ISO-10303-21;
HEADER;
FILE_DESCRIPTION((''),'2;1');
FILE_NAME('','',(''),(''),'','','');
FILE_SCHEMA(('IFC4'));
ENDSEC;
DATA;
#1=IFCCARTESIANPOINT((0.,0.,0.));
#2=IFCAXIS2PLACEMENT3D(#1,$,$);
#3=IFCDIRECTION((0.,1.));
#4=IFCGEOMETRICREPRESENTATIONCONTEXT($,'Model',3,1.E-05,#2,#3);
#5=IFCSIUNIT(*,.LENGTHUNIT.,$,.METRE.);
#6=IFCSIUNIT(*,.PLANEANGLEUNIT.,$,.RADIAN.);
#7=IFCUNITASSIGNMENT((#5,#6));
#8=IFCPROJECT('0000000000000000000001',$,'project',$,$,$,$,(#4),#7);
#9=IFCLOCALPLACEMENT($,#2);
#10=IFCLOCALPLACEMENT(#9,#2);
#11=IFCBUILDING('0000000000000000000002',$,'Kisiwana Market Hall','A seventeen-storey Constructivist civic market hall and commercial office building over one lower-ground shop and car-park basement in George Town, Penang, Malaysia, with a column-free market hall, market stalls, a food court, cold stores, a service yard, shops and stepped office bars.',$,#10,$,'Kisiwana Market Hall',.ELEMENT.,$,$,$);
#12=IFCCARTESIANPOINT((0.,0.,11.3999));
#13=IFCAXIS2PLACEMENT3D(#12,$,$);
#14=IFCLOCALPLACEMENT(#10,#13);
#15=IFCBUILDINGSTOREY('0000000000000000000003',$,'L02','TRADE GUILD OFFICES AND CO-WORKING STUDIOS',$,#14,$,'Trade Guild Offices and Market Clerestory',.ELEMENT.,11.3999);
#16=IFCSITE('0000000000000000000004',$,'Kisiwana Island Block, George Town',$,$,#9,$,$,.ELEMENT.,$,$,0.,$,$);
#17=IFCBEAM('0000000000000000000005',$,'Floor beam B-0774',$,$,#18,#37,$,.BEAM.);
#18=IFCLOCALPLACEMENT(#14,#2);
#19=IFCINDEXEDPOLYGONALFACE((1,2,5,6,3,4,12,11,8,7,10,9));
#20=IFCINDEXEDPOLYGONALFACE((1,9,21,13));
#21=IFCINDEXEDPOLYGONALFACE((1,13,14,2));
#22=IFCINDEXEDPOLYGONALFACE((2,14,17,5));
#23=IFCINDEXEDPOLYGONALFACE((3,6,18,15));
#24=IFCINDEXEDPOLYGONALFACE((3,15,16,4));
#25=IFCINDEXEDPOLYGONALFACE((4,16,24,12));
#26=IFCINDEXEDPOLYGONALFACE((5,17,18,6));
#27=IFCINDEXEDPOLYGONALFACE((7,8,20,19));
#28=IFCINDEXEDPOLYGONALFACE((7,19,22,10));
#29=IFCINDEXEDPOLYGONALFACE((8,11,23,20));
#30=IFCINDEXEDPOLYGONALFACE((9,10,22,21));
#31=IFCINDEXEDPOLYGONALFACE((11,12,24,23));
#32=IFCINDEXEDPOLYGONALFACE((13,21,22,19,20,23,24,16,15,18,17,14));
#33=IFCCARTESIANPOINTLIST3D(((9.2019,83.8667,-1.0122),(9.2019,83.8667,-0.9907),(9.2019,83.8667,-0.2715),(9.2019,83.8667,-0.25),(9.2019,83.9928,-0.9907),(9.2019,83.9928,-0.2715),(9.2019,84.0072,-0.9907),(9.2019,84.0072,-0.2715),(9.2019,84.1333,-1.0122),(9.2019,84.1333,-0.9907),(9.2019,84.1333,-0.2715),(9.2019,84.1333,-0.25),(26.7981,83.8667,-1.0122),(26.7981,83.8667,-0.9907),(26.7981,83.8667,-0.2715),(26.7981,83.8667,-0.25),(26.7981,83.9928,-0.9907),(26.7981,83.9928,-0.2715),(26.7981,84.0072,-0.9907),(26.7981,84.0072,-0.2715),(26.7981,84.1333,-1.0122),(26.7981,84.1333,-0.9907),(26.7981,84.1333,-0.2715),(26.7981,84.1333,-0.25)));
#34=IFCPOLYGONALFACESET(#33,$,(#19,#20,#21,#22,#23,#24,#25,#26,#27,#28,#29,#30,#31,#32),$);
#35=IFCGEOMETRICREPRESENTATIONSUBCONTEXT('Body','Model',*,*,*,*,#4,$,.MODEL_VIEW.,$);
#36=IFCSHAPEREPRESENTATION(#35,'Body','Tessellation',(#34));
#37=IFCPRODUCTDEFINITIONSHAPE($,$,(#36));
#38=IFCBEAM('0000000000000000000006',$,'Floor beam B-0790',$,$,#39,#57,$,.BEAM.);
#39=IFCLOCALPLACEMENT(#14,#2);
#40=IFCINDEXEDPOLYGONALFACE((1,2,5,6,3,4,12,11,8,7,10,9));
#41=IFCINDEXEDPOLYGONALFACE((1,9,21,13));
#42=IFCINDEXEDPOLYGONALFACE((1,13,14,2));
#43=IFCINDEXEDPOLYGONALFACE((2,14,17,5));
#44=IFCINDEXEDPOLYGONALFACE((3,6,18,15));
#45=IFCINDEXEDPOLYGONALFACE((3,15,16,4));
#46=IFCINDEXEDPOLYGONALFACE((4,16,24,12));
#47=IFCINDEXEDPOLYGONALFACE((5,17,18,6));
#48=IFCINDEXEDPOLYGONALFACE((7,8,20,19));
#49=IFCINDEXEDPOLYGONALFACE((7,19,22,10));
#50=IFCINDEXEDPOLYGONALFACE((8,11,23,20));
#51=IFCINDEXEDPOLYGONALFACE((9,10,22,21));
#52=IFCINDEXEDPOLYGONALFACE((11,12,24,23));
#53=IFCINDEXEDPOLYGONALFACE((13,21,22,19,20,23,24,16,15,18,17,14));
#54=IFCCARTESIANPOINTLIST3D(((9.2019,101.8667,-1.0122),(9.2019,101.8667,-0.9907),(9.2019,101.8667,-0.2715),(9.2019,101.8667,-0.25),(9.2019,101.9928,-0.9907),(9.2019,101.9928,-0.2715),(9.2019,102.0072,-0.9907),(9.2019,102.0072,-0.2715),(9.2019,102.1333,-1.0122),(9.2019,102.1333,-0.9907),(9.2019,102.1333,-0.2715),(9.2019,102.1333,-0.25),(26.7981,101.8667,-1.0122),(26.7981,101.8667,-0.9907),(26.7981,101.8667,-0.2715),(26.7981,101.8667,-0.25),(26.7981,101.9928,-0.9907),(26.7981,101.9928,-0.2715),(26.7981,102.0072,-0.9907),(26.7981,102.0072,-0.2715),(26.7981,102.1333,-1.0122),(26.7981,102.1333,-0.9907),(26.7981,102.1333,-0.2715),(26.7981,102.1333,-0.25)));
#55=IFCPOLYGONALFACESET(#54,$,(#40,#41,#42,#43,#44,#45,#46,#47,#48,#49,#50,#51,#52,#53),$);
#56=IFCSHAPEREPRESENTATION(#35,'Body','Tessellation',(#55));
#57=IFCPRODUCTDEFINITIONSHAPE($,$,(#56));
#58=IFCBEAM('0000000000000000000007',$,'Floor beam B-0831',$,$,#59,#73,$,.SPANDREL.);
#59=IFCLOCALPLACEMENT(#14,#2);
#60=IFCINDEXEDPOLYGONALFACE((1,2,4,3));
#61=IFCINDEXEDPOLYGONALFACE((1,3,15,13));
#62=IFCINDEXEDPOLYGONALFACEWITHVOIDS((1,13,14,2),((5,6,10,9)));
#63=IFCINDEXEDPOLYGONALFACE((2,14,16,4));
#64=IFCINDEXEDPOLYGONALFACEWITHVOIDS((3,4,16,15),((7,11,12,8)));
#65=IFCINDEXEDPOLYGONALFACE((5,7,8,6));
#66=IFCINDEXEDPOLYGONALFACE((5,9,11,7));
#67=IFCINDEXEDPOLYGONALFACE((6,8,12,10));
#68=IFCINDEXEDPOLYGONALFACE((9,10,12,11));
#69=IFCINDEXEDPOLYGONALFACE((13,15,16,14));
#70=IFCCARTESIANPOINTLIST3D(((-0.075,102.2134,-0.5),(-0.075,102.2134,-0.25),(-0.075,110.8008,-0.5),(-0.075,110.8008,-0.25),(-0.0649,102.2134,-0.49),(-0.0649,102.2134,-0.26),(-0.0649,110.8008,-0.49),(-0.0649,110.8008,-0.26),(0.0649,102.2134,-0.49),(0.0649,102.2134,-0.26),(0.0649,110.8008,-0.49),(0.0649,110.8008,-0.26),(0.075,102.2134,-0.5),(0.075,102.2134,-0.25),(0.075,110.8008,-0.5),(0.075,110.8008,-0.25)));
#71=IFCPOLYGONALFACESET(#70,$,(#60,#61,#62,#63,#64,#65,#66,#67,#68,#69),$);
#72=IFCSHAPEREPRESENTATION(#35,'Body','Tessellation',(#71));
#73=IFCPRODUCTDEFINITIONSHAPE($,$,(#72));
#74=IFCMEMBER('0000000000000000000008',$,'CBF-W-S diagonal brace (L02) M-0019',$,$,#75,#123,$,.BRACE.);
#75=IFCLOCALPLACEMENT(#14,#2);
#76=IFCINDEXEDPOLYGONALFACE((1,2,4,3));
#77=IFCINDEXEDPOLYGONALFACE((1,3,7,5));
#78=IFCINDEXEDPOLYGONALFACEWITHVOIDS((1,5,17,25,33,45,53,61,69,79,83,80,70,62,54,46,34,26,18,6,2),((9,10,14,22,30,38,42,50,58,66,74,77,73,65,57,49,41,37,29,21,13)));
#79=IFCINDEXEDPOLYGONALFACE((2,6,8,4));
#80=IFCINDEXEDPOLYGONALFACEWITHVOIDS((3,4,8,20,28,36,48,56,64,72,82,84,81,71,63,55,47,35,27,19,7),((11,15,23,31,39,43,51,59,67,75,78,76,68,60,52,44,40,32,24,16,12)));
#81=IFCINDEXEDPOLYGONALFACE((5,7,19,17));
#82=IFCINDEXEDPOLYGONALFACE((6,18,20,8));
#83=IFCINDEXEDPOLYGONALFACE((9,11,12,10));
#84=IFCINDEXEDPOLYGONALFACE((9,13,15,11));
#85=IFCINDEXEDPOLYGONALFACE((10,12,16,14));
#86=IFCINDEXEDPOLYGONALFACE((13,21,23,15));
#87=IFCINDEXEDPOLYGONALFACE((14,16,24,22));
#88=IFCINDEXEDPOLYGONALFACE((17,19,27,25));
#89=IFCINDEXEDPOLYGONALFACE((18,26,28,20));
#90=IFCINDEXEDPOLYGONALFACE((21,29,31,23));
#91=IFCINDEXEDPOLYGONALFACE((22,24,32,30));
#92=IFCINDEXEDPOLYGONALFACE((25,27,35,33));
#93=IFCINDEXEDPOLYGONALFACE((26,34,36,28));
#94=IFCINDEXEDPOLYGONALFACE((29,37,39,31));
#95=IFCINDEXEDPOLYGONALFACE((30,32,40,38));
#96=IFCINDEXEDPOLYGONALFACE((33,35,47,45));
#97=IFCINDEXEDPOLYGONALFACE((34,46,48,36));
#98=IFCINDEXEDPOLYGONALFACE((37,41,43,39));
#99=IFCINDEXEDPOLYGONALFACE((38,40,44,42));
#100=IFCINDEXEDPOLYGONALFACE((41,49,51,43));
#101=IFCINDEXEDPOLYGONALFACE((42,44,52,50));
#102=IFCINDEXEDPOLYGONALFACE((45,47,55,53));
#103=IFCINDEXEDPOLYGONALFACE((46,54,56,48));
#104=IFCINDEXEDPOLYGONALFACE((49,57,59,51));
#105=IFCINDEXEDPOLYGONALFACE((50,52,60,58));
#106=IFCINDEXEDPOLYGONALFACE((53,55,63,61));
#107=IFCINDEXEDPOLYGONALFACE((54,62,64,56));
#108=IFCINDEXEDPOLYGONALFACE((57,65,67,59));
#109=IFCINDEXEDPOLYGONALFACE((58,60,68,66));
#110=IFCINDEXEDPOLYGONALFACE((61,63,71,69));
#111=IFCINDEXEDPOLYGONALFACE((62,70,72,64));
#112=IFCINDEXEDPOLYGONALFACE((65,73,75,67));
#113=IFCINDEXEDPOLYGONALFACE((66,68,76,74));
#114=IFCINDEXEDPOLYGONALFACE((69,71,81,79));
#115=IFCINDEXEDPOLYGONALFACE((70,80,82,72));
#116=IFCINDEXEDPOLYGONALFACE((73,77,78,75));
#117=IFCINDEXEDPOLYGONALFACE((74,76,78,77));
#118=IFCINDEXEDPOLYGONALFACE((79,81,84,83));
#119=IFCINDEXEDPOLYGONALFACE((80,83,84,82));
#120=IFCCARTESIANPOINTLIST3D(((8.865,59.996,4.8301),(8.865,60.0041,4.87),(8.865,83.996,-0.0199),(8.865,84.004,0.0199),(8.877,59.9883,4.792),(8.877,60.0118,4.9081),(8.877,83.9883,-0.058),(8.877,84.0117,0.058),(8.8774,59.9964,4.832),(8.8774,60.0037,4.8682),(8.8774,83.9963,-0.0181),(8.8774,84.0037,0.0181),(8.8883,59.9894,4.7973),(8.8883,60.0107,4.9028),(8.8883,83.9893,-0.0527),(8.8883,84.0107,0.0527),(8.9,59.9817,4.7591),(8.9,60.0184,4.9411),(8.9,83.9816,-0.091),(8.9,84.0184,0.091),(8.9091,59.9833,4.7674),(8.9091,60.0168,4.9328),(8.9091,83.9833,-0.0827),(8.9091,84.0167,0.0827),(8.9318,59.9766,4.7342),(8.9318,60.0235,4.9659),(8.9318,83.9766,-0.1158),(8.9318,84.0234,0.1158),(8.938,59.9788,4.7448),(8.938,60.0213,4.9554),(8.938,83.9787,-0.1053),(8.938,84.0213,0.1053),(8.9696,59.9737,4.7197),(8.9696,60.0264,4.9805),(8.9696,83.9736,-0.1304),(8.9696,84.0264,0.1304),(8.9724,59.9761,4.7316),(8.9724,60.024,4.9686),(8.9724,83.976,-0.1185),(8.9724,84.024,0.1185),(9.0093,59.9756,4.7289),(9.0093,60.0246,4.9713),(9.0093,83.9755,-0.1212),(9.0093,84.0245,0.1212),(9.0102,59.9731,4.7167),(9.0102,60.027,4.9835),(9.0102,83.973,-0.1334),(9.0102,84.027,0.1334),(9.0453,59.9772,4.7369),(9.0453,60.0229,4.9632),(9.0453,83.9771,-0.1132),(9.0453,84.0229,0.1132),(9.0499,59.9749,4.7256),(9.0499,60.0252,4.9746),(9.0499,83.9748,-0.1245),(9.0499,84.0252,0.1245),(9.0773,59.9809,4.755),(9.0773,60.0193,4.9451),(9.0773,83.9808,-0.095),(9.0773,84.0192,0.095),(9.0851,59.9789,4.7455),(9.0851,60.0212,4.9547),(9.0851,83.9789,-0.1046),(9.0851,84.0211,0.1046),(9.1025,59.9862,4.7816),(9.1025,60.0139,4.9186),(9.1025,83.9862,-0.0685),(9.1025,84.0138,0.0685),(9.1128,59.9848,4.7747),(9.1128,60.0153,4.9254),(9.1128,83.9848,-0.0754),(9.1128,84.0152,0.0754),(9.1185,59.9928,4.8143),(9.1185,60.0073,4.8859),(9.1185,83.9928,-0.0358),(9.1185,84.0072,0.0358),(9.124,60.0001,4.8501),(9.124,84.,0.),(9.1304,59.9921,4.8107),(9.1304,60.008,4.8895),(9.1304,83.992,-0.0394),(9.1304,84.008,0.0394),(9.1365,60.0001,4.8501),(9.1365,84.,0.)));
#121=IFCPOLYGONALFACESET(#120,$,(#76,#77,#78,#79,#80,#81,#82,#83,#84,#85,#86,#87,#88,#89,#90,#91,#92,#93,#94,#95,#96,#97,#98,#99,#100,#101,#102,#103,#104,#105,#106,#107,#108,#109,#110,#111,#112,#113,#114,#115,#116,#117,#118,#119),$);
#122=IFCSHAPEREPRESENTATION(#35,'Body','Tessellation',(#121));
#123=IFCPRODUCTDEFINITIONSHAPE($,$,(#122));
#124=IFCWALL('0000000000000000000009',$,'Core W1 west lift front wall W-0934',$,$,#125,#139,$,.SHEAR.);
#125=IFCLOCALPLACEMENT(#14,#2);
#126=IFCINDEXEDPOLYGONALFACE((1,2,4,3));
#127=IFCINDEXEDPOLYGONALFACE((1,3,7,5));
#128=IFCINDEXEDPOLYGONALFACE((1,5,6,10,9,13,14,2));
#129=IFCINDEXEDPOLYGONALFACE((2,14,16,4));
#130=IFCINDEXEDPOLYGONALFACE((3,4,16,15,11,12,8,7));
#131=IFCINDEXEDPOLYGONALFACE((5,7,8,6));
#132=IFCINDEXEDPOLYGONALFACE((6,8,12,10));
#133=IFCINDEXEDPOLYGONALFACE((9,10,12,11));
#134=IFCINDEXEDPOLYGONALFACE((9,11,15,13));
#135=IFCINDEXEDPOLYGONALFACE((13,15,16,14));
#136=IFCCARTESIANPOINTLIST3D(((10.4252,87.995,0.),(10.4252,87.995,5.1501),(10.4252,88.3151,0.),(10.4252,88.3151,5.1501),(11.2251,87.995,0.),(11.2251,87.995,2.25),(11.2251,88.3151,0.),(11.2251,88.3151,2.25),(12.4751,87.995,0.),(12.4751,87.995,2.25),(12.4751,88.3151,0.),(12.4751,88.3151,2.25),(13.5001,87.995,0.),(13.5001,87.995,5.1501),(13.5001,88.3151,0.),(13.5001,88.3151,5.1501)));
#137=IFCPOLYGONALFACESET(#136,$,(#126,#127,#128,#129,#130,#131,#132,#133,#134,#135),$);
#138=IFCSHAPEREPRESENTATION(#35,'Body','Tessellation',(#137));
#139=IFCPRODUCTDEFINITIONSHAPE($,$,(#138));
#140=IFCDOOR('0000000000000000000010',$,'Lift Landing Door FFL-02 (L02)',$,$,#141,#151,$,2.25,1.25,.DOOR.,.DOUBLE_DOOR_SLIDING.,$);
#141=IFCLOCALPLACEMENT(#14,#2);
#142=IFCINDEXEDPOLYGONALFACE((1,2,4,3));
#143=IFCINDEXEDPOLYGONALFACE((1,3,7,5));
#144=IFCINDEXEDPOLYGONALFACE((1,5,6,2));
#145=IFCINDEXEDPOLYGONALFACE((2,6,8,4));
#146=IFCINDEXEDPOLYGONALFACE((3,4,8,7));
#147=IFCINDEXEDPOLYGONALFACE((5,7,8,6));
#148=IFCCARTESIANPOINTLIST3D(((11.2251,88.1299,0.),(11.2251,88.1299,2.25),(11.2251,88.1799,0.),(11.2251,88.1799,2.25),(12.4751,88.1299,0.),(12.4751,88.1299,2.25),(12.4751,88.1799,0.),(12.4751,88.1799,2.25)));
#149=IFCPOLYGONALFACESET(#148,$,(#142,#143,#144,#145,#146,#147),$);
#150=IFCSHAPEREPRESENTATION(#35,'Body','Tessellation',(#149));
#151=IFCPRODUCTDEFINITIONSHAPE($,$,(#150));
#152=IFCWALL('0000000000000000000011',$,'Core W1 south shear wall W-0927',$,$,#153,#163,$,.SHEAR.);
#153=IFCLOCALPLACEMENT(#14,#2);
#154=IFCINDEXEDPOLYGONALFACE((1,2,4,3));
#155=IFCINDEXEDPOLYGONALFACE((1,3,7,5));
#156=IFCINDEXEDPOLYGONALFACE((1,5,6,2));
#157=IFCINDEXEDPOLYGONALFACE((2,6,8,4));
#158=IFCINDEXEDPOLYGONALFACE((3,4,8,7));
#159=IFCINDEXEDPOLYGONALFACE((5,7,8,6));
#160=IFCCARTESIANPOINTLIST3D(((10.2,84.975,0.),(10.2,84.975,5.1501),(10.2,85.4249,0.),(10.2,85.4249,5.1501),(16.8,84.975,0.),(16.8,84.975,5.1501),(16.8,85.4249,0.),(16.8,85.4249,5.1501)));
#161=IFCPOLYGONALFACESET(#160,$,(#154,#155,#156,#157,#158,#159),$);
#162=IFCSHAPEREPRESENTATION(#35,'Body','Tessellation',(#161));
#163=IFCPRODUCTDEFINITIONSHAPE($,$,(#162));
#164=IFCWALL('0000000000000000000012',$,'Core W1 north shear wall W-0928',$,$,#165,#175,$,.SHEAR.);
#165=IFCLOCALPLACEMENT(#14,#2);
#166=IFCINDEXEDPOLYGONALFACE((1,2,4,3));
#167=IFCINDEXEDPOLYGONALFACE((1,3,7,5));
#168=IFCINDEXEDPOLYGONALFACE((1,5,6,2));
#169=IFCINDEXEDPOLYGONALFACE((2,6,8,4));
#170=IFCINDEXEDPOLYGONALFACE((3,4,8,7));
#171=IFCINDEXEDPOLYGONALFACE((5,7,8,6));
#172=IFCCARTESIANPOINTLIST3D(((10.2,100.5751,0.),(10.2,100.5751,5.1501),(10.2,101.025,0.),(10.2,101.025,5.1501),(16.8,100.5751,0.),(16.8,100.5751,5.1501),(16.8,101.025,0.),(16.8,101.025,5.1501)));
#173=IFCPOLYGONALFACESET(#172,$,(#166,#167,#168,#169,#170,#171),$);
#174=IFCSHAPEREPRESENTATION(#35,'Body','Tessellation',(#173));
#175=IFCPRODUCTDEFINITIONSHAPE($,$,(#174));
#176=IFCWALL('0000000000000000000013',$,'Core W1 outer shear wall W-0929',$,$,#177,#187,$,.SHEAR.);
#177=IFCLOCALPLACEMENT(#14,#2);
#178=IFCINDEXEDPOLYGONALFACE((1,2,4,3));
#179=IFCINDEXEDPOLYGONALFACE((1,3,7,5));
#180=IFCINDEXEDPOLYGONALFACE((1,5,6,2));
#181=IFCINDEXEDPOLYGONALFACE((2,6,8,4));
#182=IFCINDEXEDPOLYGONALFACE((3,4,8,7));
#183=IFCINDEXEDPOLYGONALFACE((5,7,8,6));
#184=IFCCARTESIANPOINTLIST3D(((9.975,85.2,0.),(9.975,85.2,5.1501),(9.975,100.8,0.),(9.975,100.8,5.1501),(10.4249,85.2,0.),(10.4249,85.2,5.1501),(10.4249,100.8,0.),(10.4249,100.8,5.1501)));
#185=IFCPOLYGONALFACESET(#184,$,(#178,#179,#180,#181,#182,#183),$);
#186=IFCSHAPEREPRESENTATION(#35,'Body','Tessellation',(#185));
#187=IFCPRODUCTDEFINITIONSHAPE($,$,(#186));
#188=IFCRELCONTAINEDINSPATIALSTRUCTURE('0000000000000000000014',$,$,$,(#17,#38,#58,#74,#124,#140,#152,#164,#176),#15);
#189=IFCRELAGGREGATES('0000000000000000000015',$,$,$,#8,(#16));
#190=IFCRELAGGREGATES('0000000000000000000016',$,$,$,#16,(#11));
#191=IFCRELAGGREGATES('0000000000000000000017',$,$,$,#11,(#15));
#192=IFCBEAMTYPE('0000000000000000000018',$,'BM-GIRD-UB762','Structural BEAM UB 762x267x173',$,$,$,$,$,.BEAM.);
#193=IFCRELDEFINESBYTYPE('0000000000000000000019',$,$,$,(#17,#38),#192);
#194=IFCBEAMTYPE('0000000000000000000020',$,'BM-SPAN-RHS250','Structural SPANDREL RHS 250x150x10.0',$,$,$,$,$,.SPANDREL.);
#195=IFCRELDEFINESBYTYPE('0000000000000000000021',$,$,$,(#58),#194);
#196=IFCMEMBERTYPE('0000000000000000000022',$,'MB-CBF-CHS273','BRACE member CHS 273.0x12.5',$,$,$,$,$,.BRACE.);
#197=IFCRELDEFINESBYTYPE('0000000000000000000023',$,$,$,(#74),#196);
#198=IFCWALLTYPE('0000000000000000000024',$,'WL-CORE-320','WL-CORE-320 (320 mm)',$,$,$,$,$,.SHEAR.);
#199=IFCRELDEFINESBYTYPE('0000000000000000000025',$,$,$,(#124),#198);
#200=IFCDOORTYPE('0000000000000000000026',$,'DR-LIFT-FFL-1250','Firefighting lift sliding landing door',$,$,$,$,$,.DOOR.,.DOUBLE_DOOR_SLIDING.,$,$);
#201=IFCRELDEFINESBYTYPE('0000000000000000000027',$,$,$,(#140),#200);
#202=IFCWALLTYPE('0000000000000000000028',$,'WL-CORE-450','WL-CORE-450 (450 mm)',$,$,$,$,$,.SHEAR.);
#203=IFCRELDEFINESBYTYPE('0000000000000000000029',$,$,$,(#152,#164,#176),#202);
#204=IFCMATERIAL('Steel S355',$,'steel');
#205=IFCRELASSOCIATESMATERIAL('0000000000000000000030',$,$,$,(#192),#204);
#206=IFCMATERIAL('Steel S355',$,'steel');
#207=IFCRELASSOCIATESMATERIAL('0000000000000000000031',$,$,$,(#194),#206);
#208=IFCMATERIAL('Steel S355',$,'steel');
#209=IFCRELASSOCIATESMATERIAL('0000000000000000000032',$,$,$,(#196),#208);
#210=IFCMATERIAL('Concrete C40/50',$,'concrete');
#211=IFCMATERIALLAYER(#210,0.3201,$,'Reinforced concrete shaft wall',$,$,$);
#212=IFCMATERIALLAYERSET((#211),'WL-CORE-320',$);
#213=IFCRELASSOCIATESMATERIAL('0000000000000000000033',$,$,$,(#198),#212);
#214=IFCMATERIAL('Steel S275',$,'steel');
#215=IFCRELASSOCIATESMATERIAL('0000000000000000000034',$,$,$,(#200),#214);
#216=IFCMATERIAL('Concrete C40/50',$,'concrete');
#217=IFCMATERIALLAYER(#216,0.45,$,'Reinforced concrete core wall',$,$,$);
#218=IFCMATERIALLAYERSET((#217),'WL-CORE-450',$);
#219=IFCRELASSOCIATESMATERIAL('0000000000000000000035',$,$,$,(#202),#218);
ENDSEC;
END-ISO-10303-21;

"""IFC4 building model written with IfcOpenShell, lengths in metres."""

from ifc_helpers import new_model, si_unit, direction, frame, frame_2d, origin, origin_2d, place, context, subcontext, project, spatial, rectangle, hollow_rectangle, hollow_circle, i_section, extrude, material, layer, layer_set, material_profile, profile_set, type_object, element, fill, save


model = new_model("IFC4")

# Units and contexts
model_context = context("Model", 3, precision=1e-05, world=origin(), true_north=direction((0.0, 1.0)))
body_context = subcontext(model_context, "Body", "Model", "MODEL_VIEW")
ifc_project = project(units=[si_unit("LENGTHUNIT", "METRE"), si_unit("PLANEANGLEUNIT", "RADIAN")], contexts=[model_context])

# Site, building, storey
site_placement = place(None, origin())
site = spatial("IfcSite", under=ifc_project, at=site_placement, Name="Kisiwana Island Block, George Town", CompositionType="ELEMENT", RefElevation=0.0)
building_placement = place(site_placement, origin())
building = spatial("IfcBuilding", under=site, at=building_placement, Name="Kisiwana Market Hall", Description="A seventeen-storey Constructivist civic market hall and commercial office building over one lower-ground shop and car-park basement in George Town, Penang, Malaysia, with a column-free market hall, market stalls, a food court, cold stores, a service yard, shops and stepped office bars.", LongName="Kisiwana Market Hall", CompositionType="ELEMENT")
storey_placement = place(building_placement, frame((0.0, 0.0, 11.3999)))
storey = spatial("IfcBuildingStorey", under=building, at=storey_placement, Name="L02", Description="TRADE GUILD OFFICES AND CO-WORKING STUDIOS", LongName="Trade Guild Offices and Market Clerestory", CompositionType="ELEMENT", Elevation=11.3999)

# Beams
ifc_material_1 = material(Name="Steel S355", Category="steel")
ifc_material_profile_1 = material_profile(ifc_material_1, i_section(OverallWidth=0.2666, OverallDepth=0.7622, WebThickness=0.0144, FlangeThickness=0.0215, at=origin_2d()), Name="UB 762x267x173")
ifc_profile_set_1 = profile_set([ifc_material_profile_1], Name="Steel S355")
beam_type_1 = type_object("IfcBeamType", Name="BM-GIRD-UB762", Description="Structural BEAM UB 762x267x173", PredefinedType="BEAM", material=ifc_profile_set_1)
for number, where, z_axis, x_axis, name in (
    (1, (9.2019, 84.0, -0.6311), (1.0, 0.0, 0.0), (0.0, 1.0, 0.0), "Floor beam B-0774"),
    (2, (9.2019, 102.0, -0.6311), (1.0, 0.0, 0.0), (0.0, 1.0, 0.0), "Floor beam B-0790"),
):
    element("IfcBeam", number, at=place(storey_placement, frame(where, z_axis=z_axis, x_axis=x_axis)), inside=storey, type_object=beam_type_1, Name=name, PredefinedType="BEAM", context=body_context, shape_type="SweptSolid", body=[
        extrude(i_section(OverallWidth=0.2666, OverallDepth=0.7622, WebThickness=0.0144, FlangeThickness=0.0215, at=origin_2d()), origin(), (0.0, 0.0, 1.0), 17.5962),
    ])
ifc_material_2 = material(Name="Steel S355", Category="steel")
ifc_material_profile_2 = material_profile(ifc_material_2, hollow_rectangle(XDim=0.1499, YDim=0.25, WallThickness=0.01, at=origin_2d()), Name="RHS 250x150x10.0")
ifc_profile_set_2 = profile_set([ifc_material_profile_2], Name="Steel S355")
beam_type_2 = type_object("IfcBeamType", Name="BM-SPAN-RHS250", Description="Structural SPANDREL RHS 250x150x10.0", PredefinedType="SPANDREL", material=ifc_profile_set_2)
beam_1_placement = place(storey_placement, frame((0.0, 102.2134, -0.375), z_axis=(0.0, 1.0, 0.0), x_axis=(-1.0, 0.0, 0.0)))
element("IfcBeam", 3, at=beam_1_placement, inside=storey, type_object=beam_type_2, Name="Floor beam B-0831", PredefinedType="SPANDREL", context=body_context, shape_type="SweptSolid", body=[
    extrude(hollow_rectangle(XDim=0.1499, YDim=0.25, WallThickness=0.01, at=origin_2d()), origin(), (0.0, 0.0, 1.0), 8.5874),
])

# Member
ifc_material_3 = material(Name="Steel S355", Category="steel")
ifc_material_profile_3 = material_profile(ifc_material_3, hollow_circle(Radius=0.1365, WallThickness=0.0125, at=origin_2d()), Name="CHS 273.0x12.5")
ifc_profile_set_3 = profile_set([ifc_material_profile_3], Name="Steel S355")
member_type = type_object("IfcMemberType", Name="MB-CBF-CHS273", Description="BRACE member CHS 273.0x12.5", PredefinedType="BRACE", material=ifc_profile_set_3)
member_placement = place(storey_placement, frame((9.0, 84.0, 0.0), z_axis=(0.0, -0.980185, 0.198083), x_axis=(1.0, 0.0, 0.0)))
element("IfcMember", 4, at=member_placement, inside=storey, type_object=member_type, Name="CBF-W-S diagonal brace (L02) M-0019", PredefinedType="BRACE", context=body_context, shape_type="SweptSolid", body=[
    extrude(hollow_circle(Radius=0.1365, WallThickness=0.0125, at=origin_2d()), origin(), (0.0, 0.0, 1.0), 24.4851),
])

# Wall, opening, door
ifc_material_4 = material(Name="Concrete C40/50", Category="concrete")
ifc_layer_1 = layer(ifc_material_4, 0.3201, Name="Reinforced concrete shaft wall")
ifc_layer_set_1 = layer_set([ifc_layer_1], Name="WL-CORE-320")
wall_type_1 = type_object("IfcWallType", Name="WL-CORE-320", Description="WL-CORE-320 (320 mm)", PredefinedType="SHEAR", material=ifc_layer_set_1)
wall_1_placement = place(storey_placement, frame((10.425, 88.155, 0.0), z_axis=(0.0, 0.0, 1.0), x_axis=(1.0, 0.0, 0.0)))
wall_1 = element("IfcWall", 5, at=wall_1_placement, inside=storey, type_object=wall_type_1, Name="Core W1 west lift front wall W-0934", PredefinedType="SHEAR", context=body_context, shape_type="SweptSolid", body=[
    extrude(rectangle(XDim=3.075, YDim=0.3201, at=frame_2d((1.5376, 0.0))), origin(), (0.0, 0.0, 1.0), 5.1501),
])
opening_1_placement = place(wall_1_placement, frame((0.8, 0.0, 0.0)))
opening_1 = element("IfcOpeningElement", 6, at=opening_1_placement, cuts=wall_1, PredefinedType="OPENING", context=body_context, shape_type="SweptSolid", body=[
    extrude(rectangle(XDim=1.25, YDim=2.25, at=frame_2d((0.625, 1.125))), frame((0.0, 0.1719, 0.0), z_axis=(0.0, -1.0, 0.0), x_axis=(1.0, 0.0, 0.0)), (0.0, 0.0, 1.0), 0.344),
])
ifc_material_5 = material(Name="Steel S275", Category="steel")
door_type = type_object("IfcDoorType", Name="DR-LIFT-FFL-1250", Description="Firefighting lift sliding landing door", OperationType="DOUBLE_DOOR_SLIDING", PredefinedType="DOOR", material=ifc_material_5)
door_placement = place(opening_1_placement, origin())
door = element("IfcDoor", 7, at=door_placement, inside=storey, type_object=door_type, Name="Lift Landing Door FFL-02 (L02)", OperationType="DOUBLE_DOOR_SLIDING", OverallHeight=2.25, OverallWidth=1.25, PredefinedType="DOOR", context=body_context, shape_type="SweptSolid", body=[
    extrude(rectangle(XDim=1.25, YDim=2.25, at=frame_2d((0.625, 1.125))), frame((0.0, 0.0249, 0.0), z_axis=(0.0, -1.0, 0.0), x_axis=(1.0, 0.0, 0.0)), (0.0, 0.0, 1.0), 0.05),
])
fill(opening_1, door)

# Walls
ifc_material_6 = material(Name="Concrete C40/50", Category="concrete")
ifc_layer_2 = layer(ifc_material_6, 0.45, Name="Reinforced concrete core wall")
ifc_layer_set_2 = layer_set([ifc_layer_2], Name="WL-CORE-450")
wall_type_2 = type_object("IfcWallType", Name="WL-CORE-450", Description="WL-CORE-450 (450 mm)", PredefinedType="SHEAR", material=ifc_layer_set_2)
for number, where, z_axis, x_axis, name in (
    (8, (10.2, 85.2, 0.0), (0.0, 0.0, 1.0), (1.0, 0.0, 0.0), "Core W1 south shear wall W-0927"),
    (9, (10.2, 100.8, 0.0), (0.0, 0.0, 1.0), (1.0, 0.0, 0.0), "Core W1 north shear wall W-0928"),
):
    element("IfcWall", number, at=place(storey_placement, frame(where, z_axis=z_axis, x_axis=x_axis)), inside=storey, type_object=wall_type_2, Name=name, PredefinedType="SHEAR", context=body_context, shape_type="SweptSolid", body=[
        extrude(rectangle(XDim=6.6001, YDim=0.45, at=frame_2d((3.3, 0.0))), origin(), (0.0, 0.0, 1.0), 5.1501),
    ])
wall_2_placement = place(storey_placement, frame((10.2, 85.2, 0.0), z_axis=(0.0, 0.0, 1.0), x_axis=(0.0, 1.0, 0.0)))
element("IfcWall", 10, at=wall_2_placement, inside=storey, type_object=wall_type_2, Name="Core W1 outer shear wall W-0929", PredefinedType="SHEAR", context=body_context, shape_type="SweptSolid", body=[
    extrude(rectangle(XDim=15.6001, YDim=0.45, at=frame_2d((7.8, 0.0))), origin(), (0.0, 0.0, 1.0), 5.1501),
])

save(model, "model.ifc")
